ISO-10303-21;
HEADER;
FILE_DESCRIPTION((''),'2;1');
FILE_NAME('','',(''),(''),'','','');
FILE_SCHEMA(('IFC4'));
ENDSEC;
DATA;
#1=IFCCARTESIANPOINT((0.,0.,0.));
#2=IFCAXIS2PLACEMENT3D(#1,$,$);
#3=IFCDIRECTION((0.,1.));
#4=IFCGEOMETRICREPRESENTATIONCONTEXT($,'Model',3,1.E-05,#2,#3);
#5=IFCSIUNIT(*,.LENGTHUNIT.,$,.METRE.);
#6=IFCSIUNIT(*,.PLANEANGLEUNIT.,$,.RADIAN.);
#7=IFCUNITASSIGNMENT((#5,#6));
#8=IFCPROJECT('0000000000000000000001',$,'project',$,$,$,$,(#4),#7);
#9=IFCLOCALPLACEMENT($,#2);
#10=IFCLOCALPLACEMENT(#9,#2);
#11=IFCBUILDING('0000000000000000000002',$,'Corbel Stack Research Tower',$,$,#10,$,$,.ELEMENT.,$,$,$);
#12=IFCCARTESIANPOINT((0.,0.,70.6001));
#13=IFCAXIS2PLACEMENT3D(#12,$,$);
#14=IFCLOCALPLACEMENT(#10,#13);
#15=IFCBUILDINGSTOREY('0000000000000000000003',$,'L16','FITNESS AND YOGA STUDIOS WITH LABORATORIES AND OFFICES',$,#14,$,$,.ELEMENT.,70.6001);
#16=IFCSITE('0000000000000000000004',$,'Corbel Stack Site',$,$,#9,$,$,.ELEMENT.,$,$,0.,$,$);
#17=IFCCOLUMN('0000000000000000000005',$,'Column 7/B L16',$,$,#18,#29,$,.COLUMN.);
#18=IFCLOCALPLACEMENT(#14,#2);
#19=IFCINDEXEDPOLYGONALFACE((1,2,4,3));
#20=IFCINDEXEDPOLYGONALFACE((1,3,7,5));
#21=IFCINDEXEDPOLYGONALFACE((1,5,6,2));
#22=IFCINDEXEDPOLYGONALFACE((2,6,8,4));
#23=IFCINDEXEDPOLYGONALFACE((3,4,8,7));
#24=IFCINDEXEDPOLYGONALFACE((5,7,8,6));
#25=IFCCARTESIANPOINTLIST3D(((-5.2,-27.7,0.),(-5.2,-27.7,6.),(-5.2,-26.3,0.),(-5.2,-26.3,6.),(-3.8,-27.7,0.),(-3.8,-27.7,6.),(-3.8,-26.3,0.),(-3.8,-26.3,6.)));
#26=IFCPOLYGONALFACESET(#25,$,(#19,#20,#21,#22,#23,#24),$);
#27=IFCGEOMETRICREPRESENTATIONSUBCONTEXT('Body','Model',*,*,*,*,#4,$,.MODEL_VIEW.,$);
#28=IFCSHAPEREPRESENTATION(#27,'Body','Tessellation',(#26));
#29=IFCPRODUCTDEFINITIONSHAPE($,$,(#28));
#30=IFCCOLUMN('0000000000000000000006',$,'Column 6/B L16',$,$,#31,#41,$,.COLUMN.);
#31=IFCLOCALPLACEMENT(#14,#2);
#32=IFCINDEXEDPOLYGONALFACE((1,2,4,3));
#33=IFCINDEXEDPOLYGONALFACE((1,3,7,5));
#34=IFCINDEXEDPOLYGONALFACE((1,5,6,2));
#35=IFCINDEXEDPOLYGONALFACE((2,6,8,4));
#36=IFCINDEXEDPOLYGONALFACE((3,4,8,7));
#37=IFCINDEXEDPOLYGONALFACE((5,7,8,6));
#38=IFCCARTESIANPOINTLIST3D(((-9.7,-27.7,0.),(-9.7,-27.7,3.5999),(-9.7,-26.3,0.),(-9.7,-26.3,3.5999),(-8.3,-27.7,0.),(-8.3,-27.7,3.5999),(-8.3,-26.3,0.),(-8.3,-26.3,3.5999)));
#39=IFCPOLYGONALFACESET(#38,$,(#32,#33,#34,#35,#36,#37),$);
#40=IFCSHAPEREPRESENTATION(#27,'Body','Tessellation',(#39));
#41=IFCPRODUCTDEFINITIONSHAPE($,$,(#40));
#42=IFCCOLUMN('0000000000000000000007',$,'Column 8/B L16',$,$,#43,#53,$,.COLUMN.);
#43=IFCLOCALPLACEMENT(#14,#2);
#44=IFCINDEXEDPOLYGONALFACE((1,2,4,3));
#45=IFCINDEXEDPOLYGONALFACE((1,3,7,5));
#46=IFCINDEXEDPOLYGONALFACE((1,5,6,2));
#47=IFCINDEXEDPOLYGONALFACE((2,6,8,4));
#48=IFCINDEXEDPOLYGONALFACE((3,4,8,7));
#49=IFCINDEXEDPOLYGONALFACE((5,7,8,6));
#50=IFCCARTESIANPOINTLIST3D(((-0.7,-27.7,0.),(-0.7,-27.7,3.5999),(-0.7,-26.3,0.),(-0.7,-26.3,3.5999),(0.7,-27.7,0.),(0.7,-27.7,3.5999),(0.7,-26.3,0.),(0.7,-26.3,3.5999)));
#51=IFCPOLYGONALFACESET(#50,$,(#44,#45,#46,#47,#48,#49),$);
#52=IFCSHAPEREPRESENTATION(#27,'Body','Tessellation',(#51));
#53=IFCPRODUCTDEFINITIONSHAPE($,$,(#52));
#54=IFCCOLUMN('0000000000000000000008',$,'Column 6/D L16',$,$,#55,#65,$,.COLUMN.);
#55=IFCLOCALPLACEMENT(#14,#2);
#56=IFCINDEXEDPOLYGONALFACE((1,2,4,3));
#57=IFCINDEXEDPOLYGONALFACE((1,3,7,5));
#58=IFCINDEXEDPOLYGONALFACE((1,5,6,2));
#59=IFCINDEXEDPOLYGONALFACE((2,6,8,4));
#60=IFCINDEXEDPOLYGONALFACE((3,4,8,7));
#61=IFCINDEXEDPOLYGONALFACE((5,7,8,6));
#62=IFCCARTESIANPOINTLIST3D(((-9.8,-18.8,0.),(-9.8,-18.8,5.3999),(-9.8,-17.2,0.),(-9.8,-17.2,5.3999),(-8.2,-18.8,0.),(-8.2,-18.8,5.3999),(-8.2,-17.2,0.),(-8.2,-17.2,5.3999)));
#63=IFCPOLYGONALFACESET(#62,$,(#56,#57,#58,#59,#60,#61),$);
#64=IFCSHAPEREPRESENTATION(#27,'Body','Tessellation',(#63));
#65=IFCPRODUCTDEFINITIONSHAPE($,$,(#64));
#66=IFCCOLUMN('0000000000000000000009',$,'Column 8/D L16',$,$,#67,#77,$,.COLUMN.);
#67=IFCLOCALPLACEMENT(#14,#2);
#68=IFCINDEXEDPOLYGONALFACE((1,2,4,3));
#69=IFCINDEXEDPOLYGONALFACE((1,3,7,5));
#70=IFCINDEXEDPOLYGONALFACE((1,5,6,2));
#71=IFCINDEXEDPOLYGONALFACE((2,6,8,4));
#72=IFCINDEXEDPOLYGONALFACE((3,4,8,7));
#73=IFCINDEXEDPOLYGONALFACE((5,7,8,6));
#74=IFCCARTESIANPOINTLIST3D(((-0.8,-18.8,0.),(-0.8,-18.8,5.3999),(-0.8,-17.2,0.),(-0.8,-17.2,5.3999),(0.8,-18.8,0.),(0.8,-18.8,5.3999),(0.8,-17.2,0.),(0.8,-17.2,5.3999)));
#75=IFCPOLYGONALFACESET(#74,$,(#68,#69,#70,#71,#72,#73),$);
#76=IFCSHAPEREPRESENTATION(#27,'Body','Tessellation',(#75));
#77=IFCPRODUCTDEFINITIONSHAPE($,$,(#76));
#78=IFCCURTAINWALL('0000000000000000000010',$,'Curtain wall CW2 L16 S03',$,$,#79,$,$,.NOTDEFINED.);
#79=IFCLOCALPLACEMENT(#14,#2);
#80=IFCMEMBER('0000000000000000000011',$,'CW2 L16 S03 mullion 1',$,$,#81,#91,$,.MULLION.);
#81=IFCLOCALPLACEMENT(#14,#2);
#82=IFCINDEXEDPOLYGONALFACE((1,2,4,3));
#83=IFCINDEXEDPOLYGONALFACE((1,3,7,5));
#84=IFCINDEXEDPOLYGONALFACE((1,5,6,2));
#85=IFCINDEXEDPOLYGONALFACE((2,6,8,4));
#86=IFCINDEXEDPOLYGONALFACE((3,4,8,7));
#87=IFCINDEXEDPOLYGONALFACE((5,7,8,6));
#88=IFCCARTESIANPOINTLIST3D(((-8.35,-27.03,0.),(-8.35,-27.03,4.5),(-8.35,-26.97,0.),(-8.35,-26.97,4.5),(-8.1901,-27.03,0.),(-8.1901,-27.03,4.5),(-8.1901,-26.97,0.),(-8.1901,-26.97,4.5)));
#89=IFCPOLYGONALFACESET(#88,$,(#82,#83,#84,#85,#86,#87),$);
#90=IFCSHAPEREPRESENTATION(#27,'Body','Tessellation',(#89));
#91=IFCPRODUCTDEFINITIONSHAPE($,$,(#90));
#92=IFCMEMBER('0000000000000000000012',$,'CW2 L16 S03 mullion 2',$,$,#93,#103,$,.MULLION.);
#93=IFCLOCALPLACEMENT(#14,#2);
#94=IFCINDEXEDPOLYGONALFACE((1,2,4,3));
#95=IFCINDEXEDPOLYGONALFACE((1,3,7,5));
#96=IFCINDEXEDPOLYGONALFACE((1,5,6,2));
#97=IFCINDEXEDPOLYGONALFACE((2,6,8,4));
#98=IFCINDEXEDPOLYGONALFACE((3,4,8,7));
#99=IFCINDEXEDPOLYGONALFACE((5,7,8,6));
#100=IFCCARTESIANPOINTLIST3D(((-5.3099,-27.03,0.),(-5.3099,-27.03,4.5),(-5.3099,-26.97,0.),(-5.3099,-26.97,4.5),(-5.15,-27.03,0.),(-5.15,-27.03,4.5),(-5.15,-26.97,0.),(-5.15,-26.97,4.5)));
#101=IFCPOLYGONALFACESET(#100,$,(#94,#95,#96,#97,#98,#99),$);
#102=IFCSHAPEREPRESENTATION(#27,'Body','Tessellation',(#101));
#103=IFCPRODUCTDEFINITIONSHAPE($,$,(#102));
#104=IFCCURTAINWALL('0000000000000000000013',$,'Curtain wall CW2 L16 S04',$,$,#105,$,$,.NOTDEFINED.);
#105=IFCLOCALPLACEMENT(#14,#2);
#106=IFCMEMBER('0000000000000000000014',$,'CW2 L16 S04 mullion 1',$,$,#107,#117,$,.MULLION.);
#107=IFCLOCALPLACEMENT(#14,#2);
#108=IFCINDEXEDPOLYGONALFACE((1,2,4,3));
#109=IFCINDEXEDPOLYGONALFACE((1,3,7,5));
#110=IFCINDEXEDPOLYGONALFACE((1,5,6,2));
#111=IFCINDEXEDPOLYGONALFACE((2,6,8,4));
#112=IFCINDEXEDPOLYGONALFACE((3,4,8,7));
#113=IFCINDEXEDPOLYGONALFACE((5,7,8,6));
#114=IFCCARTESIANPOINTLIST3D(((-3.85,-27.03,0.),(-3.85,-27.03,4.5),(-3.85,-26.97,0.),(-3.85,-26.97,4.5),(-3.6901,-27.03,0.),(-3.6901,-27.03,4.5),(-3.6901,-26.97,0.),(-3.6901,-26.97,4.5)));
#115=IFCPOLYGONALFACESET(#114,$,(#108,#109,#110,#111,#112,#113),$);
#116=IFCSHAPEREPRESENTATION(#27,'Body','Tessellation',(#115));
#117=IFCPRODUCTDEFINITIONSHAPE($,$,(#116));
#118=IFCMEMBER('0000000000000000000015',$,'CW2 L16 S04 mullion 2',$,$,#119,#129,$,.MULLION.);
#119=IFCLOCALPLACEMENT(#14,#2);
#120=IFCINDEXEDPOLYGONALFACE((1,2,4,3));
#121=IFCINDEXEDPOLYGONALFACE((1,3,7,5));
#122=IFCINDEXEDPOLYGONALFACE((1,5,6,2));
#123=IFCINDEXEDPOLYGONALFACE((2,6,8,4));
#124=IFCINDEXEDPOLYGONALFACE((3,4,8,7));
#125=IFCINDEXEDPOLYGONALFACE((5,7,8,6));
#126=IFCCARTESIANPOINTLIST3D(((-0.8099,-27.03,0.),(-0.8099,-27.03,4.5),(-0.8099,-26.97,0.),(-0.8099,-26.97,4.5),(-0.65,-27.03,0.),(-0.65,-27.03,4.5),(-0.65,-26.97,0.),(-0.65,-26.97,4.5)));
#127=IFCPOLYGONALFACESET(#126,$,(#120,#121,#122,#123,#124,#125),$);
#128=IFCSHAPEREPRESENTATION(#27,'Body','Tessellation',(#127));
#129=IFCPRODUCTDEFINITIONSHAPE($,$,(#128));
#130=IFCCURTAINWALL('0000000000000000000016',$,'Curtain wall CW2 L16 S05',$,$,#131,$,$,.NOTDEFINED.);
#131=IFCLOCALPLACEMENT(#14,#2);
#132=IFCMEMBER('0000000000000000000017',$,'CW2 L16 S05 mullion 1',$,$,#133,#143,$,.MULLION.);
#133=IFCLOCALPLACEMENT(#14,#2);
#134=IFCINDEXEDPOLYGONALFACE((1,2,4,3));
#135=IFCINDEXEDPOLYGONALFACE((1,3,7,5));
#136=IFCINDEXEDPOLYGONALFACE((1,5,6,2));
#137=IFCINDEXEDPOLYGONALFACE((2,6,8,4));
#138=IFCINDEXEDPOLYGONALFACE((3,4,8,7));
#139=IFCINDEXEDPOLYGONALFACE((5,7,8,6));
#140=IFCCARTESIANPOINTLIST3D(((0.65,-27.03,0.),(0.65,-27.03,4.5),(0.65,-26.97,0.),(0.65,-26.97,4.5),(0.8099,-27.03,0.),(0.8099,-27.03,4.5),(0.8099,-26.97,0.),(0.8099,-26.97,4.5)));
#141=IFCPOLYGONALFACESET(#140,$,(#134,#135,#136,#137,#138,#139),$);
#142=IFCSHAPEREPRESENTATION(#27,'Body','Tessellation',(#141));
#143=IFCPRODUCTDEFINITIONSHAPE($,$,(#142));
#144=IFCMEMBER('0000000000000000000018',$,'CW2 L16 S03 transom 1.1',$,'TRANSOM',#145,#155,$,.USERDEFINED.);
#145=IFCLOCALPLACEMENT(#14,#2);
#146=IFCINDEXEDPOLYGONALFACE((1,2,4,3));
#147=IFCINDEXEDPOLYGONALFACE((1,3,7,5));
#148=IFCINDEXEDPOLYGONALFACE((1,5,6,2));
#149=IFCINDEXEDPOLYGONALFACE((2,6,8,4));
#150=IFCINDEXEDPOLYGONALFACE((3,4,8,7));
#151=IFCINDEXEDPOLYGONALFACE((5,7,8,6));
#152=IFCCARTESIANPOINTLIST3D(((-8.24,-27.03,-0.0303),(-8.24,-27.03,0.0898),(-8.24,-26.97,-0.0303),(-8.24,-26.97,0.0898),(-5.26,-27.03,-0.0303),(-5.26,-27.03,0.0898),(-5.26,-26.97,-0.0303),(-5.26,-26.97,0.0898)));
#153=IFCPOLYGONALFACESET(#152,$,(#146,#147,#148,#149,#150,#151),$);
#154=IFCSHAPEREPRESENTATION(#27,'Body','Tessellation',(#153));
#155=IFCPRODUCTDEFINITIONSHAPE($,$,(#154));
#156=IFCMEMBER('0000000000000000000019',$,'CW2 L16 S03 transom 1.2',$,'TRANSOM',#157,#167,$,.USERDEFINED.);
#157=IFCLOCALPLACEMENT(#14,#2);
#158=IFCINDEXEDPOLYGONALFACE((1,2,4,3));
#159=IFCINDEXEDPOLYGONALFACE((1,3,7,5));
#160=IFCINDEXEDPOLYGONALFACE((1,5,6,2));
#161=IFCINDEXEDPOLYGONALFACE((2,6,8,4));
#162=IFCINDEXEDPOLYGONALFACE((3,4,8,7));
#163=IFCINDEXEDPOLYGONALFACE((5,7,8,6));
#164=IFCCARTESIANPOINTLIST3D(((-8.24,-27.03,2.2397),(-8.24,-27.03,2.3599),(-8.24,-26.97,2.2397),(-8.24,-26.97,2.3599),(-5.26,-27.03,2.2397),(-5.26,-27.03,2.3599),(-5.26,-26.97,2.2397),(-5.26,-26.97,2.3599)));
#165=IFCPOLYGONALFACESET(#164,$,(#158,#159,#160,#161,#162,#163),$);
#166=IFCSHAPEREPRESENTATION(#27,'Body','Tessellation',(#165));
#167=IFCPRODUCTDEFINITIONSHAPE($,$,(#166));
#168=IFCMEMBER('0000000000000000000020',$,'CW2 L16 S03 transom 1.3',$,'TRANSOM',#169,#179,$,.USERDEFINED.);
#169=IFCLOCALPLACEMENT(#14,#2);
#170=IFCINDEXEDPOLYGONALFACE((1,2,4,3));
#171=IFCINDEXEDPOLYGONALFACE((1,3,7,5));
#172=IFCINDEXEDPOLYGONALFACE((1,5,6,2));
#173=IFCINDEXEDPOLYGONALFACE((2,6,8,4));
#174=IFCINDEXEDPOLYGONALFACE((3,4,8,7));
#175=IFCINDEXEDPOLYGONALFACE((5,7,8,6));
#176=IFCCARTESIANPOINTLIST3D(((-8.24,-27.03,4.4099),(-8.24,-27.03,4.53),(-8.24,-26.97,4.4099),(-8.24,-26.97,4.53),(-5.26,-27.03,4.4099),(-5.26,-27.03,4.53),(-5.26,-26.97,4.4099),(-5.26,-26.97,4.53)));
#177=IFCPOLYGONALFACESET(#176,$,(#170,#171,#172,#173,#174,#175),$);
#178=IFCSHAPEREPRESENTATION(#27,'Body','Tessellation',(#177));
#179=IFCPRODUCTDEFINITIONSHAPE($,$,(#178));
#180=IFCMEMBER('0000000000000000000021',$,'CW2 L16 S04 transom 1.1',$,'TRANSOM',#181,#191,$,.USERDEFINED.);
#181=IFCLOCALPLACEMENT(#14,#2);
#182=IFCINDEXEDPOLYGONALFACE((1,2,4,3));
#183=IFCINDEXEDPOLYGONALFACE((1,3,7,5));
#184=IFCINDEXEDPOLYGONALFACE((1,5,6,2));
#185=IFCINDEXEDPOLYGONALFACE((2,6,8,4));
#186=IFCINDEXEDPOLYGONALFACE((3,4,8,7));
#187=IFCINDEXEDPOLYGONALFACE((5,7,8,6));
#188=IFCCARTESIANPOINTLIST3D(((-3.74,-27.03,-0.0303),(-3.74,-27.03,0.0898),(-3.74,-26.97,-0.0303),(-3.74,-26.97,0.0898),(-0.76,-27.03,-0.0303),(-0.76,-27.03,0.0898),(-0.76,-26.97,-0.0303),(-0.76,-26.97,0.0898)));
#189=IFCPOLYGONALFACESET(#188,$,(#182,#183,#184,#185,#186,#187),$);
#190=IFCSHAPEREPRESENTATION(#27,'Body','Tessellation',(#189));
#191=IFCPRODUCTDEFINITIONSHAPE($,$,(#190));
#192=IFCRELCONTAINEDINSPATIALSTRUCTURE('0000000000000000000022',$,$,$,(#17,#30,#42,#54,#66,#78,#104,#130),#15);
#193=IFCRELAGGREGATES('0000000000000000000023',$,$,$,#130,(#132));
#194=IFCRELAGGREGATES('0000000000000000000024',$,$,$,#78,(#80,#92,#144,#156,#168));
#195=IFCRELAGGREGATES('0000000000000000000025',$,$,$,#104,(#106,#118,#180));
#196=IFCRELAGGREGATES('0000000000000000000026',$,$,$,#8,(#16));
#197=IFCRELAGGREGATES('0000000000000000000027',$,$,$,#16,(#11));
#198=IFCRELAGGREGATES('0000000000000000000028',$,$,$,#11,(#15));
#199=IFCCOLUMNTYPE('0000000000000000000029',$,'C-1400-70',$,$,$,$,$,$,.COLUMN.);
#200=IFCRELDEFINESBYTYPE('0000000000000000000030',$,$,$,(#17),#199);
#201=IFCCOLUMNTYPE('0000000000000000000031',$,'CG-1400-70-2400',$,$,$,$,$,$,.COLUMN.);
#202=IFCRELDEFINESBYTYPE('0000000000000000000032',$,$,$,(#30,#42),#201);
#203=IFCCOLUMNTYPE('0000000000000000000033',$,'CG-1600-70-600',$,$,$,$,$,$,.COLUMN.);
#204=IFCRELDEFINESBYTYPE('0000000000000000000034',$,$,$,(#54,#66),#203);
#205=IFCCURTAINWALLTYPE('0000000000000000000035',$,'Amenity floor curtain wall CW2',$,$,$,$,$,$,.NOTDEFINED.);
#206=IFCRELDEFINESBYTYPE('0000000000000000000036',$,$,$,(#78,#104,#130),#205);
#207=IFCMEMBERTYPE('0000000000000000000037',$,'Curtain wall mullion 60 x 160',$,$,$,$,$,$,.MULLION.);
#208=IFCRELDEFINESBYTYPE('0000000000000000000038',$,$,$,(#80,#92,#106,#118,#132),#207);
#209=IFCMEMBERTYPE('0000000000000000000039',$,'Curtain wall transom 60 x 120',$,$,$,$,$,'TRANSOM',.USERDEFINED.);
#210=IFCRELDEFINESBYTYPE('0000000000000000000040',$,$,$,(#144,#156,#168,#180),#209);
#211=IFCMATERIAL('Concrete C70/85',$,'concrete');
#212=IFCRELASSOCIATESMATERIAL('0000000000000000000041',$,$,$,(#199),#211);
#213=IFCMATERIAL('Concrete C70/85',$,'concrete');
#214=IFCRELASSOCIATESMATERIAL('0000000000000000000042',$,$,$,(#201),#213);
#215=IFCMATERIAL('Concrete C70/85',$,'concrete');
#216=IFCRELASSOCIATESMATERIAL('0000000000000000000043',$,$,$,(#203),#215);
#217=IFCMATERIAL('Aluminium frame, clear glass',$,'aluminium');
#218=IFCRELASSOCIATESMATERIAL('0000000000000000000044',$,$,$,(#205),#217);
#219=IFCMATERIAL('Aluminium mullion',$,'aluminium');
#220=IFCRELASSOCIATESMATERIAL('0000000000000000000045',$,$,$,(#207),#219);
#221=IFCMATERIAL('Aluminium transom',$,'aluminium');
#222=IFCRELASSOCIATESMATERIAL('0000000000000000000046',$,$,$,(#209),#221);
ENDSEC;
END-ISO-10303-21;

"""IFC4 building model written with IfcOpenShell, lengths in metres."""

from ifc_helpers import new_model, si_unit, direction, frame, origin, origin_2d, place, context, subcontext, project, spatial, rectangle, extrude, material, material_profile, profile_set, type_object, element, aggregate, save


model = new_model("IFC4")

# Units and contexts
model_context = context("Model", 3, precision=1e-05, world=origin(), true_north=direction((0.0, 1.0)))
body_context = subcontext(model_context, "Body", "Model", "MODEL_VIEW")
ifc_project = project(units=[si_unit("LENGTHUNIT", "METRE"), si_unit("PLANEANGLEUNIT", "RADIAN")], contexts=[model_context])

# Site, building, storey
site_placement = place(None, origin())
site = spatial("IfcSite", under=ifc_project, at=site_placement, Name="Corbel Stack Site", CompositionType="ELEMENT", RefElevation=0.0)
building_placement = place(site_placement, origin())
building = spatial("IfcBuilding", under=site, at=building_placement, Name="Corbel Stack Research Tower", CompositionType="ELEMENT")
storey_placement = place(building_placement, frame((0.0, 0.0, 70.6001)))
storey = spatial("IfcBuildingStorey", under=building, at=storey_placement, Name="L16", Description="FITNESS AND YOGA STUDIOS WITH LABORATORIES AND OFFICES", CompositionType="ELEMENT", Elevation=70.6001)

# Columns
ifc_material_1 = material(Name="Concrete C70/85", Category="concrete")
ifc_material_profile_1 = material_profile(ifc_material_1, rectangle(XDim=1.3999, YDim=1.3999, at=origin_2d()), Name="RC 1400 x 1400")
ifc_profile_set_1 = profile_set([ifc_material_profile_1], Name="Concrete C70/85")
column_type_1 = type_object("IfcColumnType", Name="C-1400-70", PredefinedType="COLUMN", material=ifc_profile_set_1)
column_placement = place(storey_placement, frame((-4.5, -27.0, 0.0), z_axis=(0.0, 0.0, 1.0), x_axis=(1.0, 0.0, 0.0)))
element("IfcColumn", 1, at=column_placement, inside=storey, type_object=column_type_1, Name="Column 7/B L16", PredefinedType="COLUMN", context=body_context, shape_type="SweptSolid", body=[
    extrude(rectangle(XDim=1.3999, YDim=1.3999, at=origin_2d()), origin(), (0.0, 0.0, 1.0), 6.0),
])
ifc_material_2 = material(Name="Concrete C70/85", Category="concrete")
ifc_material_profile_2 = material_profile(ifc_material_2, rectangle(XDim=1.3999, YDim=1.3999, at=origin_2d()), Name="RC 1400 x 1400")
ifc_profile_set_2 = profile_set([ifc_material_profile_2], Name="Concrete C70/85")
column_type_2 = type_object("IfcColumnType", Name="CG-1400-70-2400", PredefinedType="COLUMN", material=ifc_profile_set_2)
for number, where, z_axis, x_axis, name in (
    (2, (-9.0, -27.0, 0.0), (0.0, 0.0, 1.0), (1.0, 0.0, 0.0), "Column 6/B L16"),
    (3, (0.0, -27.0, 0.0), (0.0, 0.0, 1.0), (1.0, 0.0, 0.0), "Column 8/B L16"),
):
    element("IfcColumn", number, at=place(storey_placement, frame(where, z_axis=z_axis, x_axis=x_axis)), inside=storey, type_object=column_type_2, Name=name, PredefinedType="COLUMN", context=body_context, shape_type="SweptSolid", body=[
        extrude(rectangle(XDim=1.3999, YDim=1.3999, at=origin_2d()), origin(), (0.0, 0.0, 1.0), 3.5999),
    ])
ifc_material_3 = material(Name="Concrete C70/85", Category="concrete")
ifc_material_profile_3 = material_profile(ifc_material_3, rectangle(XDim=1.6001, YDim=1.6001, at=origin_2d()), Name="RC 1600 x 1600")
ifc_profile_set_3 = profile_set([ifc_material_profile_3], Name="Concrete C70/85")
column_type_3 = type_object("IfcColumnType", Name="CG-1600-70-600", PredefinedType="COLUMN", material=ifc_profile_set_3)
for number, where, z_axis, x_axis, name in (
    (4, (-9.0, -18.0, 0.0), (0.0, 0.0, 1.0), (1.0, 0.0, 0.0), "Column 6/D L16"),
    (5, (0.0, -18.0, 0.0), (0.0, 0.0, 1.0), (1.0, 0.0, 0.0), "Column 8/D L16"),
):
    element("IfcColumn", number, at=place(storey_placement, frame(where, z_axis=z_axis, x_axis=x_axis)), inside=storey, type_object=column_type_3, Name=name, PredefinedType="COLUMN", context=body_context, shape_type="SweptSolid", body=[
        extrude(rectangle(XDim=1.6001, YDim=1.6001, at=origin_2d()), origin(), (0.0, 0.0, 1.0), 5.3999),
    ])

# Curtain walls, members
ifc_material_4 = material(Name="Aluminium frame, clear glass", Category="aluminium")
curtain_wall_type = type_object("IfcCurtainWallType", Name="Amenity floor curtain wall CW2", PredefinedType="NOTDEFINED", material=ifc_material_4)
curtain_wall_1_placement = place(storey_placement, origin())
curtain_wall_1 = element("IfcCurtainWall", 6, at=curtain_wall_1_placement, inside=storey, type_object=curtain_wall_type, Name="Curtain wall CW2 L16 S03", PredefinedType="NOTDEFINED")
ifc_material_5 = material(Name="Aluminium mullion", Category="aluminium")
ifc_material_profile_4 = material_profile(ifc_material_5, rectangle(XDim=0.0601, YDim=0.1599, at=origin_2d()), Name="Mullion 60 x 160")
ifc_profile_set_4 = profile_set([ifc_material_profile_4], Name="Aluminium mullion")
member_type_1 = type_object("IfcMemberType", Name="Curtain wall mullion 60 x 160", PredefinedType="MULLION", material=ifc_profile_set_4)
member_1_placement = place(storey_placement, frame((-8.27, -27.0, 0.0), z_axis=(0.0, 0.0, 1.0), x_axis=(0.0, 1.0, 0.0)))
member_1 = element("IfcMember", 7, at=member_1_placement, type_object=member_type_1, Name="CW2 L16 S03 mullion 1", PredefinedType="MULLION", context=body_context, shape_type="SweptSolid", body=[
    extrude(rectangle(XDim=0.0601, YDim=0.1599, at=origin_2d()), origin(), (0.0, 0.0, 1.0), 4.5),
])
member_2_placement = place(storey_placement, frame((-5.23, -27.0, 0.0), z_axis=(0.0, 0.0, 1.0), x_axis=(0.0, 1.0, 0.0)))
member_2 = element("IfcMember", 8, at=member_2_placement, type_object=member_type_1, Name="CW2 L16 S03 mullion 2", PredefinedType="MULLION", context=body_context, shape_type="SweptSolid", body=[
    extrude(rectangle(XDim=0.0601, YDim=0.1599, at=origin_2d()), origin(), (0.0, 0.0, 1.0), 4.5),
])
curtain_wall_2_placement = place(storey_placement, origin())
curtain_wall_2 = element("IfcCurtainWall", 9, at=curtain_wall_2_placement, inside=storey, type_object=curtain_wall_type, Name="Curtain wall CW2 L16 S04", PredefinedType="NOTDEFINED")
member_3_placement = place(storey_placement, frame((-3.77, -27.0, 0.0), z_axis=(0.0, 0.0, 1.0), x_axis=(0.0, 1.0, 0.0)))
member_3 = element("IfcMember", 10, at=member_3_placement, type_object=member_type_1, Name="CW2 L16 S04 mullion 1", PredefinedType="MULLION", context=body_context, shape_type="SweptSolid", body=[
    extrude(rectangle(XDim=0.0601, YDim=0.1599, at=origin_2d()), origin(), (0.0, 0.0, 1.0), 4.5),
])
member_4_placement = place(storey_placement, frame((-0.73, -27.0, 0.0), z_axis=(0.0, 0.0, 1.0), x_axis=(0.0, 1.0, 0.0)))
member_4 = element("IfcMember", 11, at=member_4_placement, type_object=member_type_1, Name="CW2 L16 S04 mullion 2", PredefinedType="MULLION", context=body_context, shape_type="SweptSolid", body=[
    extrude(rectangle(XDim=0.0601, YDim=0.1599, at=origin_2d()), origin(), (0.0, 0.0, 1.0), 4.5),
])

# Curtain wall, member
curtain_wall_3_placement = place(storey_placement, origin())
curtain_wall_3 = element("IfcCurtainWall", 12, at=curtain_wall_3_placement, inside=storey, type_object=curtain_wall_type, Name="Curtain wall CW2 L16 S05", PredefinedType="NOTDEFINED")
member_5_placement = place(storey_placement, frame((0.73, -27.0, 0.0), z_axis=(0.0, 0.0, 1.0), x_axis=(0.0, 1.0, 0.0)))
member_5 = element("IfcMember", 13, at=member_5_placement, type_object=member_type_1, Name="CW2 L16 S05 mullion 1", PredefinedType="MULLION", context=body_context, shape_type="SweptSolid", body=[
    extrude(rectangle(XDim=0.0601, YDim=0.1599, at=origin_2d()), origin(), (0.0, 0.0, 1.0), 4.5),
])

# Members
ifc_material_6 = material(Name="Aluminium transom", Category="aluminium")
ifc_material_profile_5 = material_profile(ifc_material_6, rectangle(XDim=0.0601, YDim=0.1201, at=origin_2d()), Name="Transom 60 x 120")
ifc_profile_set_5 = profile_set([ifc_material_profile_5], Name="Aluminium transom")
member_type_2 = type_object("IfcMemberType", Name="Curtain wall transom 60 x 120", ElementType="TRANSOM", PredefinedType="USERDEFINED", material=ifc_profile_set_5)
member_6_placement = place(storey_placement, frame((-8.24, -27.0, 0.0298), z_axis=(1.0, 0.0, 0.0), x_axis=(0.0, 1.0, 0.0)))
member_6 = element("IfcMember", 14, at=member_6_placement, type_object=member_type_2, Name="CW2 L16 S03 transom 1.1", ObjectType="TRANSOM", PredefinedType="USERDEFINED", context=body_context, shape_type="SweptSolid", body=[
    extrude(rectangle(XDim=0.0601, YDim=0.1201, at=origin_2d()), origin(), (0.0, 0.0, 1.0), 2.98),
])
member_7_placement = place(storey_placement, frame((-8.24, -27.0, 2.2998), z_axis=(1.0, 0.0, 0.0), x_axis=(0.0, 1.0, 0.0)))
member_7 = element("IfcMember", 15, at=member_7_placement, type_object=member_type_2, Name="CW2 L16 S03 transom 1.2", ObjectType="TRANSOM", PredefinedType="USERDEFINED", context=body_context, shape_type="SweptSolid", body=[
    extrude(rectangle(XDim=0.0601, YDim=0.1201, at=origin_2d()), origin(), (0.0, 0.0, 1.0), 2.98),
])
member_8_placement = place(storey_placement, frame((-8.24, -27.0, 4.47), z_axis=(1.0, 0.0, 0.0), x_axis=(0.0, 1.0, 0.0)))
member_8 = element("IfcMember", 16, at=member_8_placement, type_object=member_type_2, Name="CW2 L16 S03 transom 1.3", ObjectType="TRANSOM", PredefinedType="USERDEFINED", context=body_context, shape_type="SweptSolid", body=[
    extrude(rectangle(XDim=0.0601, YDim=0.1201, at=origin_2d()), origin(), (0.0, 0.0, 1.0), 2.98),
])
member_9_placement = place(storey_placement, frame((-3.74, -27.0, 0.0298), z_axis=(1.0, 0.0, 0.0), x_axis=(0.0, 1.0, 0.0)))
member_9 = element("IfcMember", 17, at=member_9_placement, type_object=member_type_2, Name="CW2 L16 S04 transom 1.1", ObjectType="TRANSOM", PredefinedType="USERDEFINED", context=body_context, shape_type="SweptSolid", body=[
    extrude(rectangle(XDim=0.0601, YDim=0.1201, at=origin_2d()), origin(), (0.0, 0.0, 1.0), 2.98),
])
aggregate(curtain_wall_3, [member_5])

aggregate(curtain_wall_1, [member_1, member_2, member_6, member_7, member_8])
aggregate(curtain_wall_2, [member_3, member_4, member_9])

save(model, "model.ifc")
